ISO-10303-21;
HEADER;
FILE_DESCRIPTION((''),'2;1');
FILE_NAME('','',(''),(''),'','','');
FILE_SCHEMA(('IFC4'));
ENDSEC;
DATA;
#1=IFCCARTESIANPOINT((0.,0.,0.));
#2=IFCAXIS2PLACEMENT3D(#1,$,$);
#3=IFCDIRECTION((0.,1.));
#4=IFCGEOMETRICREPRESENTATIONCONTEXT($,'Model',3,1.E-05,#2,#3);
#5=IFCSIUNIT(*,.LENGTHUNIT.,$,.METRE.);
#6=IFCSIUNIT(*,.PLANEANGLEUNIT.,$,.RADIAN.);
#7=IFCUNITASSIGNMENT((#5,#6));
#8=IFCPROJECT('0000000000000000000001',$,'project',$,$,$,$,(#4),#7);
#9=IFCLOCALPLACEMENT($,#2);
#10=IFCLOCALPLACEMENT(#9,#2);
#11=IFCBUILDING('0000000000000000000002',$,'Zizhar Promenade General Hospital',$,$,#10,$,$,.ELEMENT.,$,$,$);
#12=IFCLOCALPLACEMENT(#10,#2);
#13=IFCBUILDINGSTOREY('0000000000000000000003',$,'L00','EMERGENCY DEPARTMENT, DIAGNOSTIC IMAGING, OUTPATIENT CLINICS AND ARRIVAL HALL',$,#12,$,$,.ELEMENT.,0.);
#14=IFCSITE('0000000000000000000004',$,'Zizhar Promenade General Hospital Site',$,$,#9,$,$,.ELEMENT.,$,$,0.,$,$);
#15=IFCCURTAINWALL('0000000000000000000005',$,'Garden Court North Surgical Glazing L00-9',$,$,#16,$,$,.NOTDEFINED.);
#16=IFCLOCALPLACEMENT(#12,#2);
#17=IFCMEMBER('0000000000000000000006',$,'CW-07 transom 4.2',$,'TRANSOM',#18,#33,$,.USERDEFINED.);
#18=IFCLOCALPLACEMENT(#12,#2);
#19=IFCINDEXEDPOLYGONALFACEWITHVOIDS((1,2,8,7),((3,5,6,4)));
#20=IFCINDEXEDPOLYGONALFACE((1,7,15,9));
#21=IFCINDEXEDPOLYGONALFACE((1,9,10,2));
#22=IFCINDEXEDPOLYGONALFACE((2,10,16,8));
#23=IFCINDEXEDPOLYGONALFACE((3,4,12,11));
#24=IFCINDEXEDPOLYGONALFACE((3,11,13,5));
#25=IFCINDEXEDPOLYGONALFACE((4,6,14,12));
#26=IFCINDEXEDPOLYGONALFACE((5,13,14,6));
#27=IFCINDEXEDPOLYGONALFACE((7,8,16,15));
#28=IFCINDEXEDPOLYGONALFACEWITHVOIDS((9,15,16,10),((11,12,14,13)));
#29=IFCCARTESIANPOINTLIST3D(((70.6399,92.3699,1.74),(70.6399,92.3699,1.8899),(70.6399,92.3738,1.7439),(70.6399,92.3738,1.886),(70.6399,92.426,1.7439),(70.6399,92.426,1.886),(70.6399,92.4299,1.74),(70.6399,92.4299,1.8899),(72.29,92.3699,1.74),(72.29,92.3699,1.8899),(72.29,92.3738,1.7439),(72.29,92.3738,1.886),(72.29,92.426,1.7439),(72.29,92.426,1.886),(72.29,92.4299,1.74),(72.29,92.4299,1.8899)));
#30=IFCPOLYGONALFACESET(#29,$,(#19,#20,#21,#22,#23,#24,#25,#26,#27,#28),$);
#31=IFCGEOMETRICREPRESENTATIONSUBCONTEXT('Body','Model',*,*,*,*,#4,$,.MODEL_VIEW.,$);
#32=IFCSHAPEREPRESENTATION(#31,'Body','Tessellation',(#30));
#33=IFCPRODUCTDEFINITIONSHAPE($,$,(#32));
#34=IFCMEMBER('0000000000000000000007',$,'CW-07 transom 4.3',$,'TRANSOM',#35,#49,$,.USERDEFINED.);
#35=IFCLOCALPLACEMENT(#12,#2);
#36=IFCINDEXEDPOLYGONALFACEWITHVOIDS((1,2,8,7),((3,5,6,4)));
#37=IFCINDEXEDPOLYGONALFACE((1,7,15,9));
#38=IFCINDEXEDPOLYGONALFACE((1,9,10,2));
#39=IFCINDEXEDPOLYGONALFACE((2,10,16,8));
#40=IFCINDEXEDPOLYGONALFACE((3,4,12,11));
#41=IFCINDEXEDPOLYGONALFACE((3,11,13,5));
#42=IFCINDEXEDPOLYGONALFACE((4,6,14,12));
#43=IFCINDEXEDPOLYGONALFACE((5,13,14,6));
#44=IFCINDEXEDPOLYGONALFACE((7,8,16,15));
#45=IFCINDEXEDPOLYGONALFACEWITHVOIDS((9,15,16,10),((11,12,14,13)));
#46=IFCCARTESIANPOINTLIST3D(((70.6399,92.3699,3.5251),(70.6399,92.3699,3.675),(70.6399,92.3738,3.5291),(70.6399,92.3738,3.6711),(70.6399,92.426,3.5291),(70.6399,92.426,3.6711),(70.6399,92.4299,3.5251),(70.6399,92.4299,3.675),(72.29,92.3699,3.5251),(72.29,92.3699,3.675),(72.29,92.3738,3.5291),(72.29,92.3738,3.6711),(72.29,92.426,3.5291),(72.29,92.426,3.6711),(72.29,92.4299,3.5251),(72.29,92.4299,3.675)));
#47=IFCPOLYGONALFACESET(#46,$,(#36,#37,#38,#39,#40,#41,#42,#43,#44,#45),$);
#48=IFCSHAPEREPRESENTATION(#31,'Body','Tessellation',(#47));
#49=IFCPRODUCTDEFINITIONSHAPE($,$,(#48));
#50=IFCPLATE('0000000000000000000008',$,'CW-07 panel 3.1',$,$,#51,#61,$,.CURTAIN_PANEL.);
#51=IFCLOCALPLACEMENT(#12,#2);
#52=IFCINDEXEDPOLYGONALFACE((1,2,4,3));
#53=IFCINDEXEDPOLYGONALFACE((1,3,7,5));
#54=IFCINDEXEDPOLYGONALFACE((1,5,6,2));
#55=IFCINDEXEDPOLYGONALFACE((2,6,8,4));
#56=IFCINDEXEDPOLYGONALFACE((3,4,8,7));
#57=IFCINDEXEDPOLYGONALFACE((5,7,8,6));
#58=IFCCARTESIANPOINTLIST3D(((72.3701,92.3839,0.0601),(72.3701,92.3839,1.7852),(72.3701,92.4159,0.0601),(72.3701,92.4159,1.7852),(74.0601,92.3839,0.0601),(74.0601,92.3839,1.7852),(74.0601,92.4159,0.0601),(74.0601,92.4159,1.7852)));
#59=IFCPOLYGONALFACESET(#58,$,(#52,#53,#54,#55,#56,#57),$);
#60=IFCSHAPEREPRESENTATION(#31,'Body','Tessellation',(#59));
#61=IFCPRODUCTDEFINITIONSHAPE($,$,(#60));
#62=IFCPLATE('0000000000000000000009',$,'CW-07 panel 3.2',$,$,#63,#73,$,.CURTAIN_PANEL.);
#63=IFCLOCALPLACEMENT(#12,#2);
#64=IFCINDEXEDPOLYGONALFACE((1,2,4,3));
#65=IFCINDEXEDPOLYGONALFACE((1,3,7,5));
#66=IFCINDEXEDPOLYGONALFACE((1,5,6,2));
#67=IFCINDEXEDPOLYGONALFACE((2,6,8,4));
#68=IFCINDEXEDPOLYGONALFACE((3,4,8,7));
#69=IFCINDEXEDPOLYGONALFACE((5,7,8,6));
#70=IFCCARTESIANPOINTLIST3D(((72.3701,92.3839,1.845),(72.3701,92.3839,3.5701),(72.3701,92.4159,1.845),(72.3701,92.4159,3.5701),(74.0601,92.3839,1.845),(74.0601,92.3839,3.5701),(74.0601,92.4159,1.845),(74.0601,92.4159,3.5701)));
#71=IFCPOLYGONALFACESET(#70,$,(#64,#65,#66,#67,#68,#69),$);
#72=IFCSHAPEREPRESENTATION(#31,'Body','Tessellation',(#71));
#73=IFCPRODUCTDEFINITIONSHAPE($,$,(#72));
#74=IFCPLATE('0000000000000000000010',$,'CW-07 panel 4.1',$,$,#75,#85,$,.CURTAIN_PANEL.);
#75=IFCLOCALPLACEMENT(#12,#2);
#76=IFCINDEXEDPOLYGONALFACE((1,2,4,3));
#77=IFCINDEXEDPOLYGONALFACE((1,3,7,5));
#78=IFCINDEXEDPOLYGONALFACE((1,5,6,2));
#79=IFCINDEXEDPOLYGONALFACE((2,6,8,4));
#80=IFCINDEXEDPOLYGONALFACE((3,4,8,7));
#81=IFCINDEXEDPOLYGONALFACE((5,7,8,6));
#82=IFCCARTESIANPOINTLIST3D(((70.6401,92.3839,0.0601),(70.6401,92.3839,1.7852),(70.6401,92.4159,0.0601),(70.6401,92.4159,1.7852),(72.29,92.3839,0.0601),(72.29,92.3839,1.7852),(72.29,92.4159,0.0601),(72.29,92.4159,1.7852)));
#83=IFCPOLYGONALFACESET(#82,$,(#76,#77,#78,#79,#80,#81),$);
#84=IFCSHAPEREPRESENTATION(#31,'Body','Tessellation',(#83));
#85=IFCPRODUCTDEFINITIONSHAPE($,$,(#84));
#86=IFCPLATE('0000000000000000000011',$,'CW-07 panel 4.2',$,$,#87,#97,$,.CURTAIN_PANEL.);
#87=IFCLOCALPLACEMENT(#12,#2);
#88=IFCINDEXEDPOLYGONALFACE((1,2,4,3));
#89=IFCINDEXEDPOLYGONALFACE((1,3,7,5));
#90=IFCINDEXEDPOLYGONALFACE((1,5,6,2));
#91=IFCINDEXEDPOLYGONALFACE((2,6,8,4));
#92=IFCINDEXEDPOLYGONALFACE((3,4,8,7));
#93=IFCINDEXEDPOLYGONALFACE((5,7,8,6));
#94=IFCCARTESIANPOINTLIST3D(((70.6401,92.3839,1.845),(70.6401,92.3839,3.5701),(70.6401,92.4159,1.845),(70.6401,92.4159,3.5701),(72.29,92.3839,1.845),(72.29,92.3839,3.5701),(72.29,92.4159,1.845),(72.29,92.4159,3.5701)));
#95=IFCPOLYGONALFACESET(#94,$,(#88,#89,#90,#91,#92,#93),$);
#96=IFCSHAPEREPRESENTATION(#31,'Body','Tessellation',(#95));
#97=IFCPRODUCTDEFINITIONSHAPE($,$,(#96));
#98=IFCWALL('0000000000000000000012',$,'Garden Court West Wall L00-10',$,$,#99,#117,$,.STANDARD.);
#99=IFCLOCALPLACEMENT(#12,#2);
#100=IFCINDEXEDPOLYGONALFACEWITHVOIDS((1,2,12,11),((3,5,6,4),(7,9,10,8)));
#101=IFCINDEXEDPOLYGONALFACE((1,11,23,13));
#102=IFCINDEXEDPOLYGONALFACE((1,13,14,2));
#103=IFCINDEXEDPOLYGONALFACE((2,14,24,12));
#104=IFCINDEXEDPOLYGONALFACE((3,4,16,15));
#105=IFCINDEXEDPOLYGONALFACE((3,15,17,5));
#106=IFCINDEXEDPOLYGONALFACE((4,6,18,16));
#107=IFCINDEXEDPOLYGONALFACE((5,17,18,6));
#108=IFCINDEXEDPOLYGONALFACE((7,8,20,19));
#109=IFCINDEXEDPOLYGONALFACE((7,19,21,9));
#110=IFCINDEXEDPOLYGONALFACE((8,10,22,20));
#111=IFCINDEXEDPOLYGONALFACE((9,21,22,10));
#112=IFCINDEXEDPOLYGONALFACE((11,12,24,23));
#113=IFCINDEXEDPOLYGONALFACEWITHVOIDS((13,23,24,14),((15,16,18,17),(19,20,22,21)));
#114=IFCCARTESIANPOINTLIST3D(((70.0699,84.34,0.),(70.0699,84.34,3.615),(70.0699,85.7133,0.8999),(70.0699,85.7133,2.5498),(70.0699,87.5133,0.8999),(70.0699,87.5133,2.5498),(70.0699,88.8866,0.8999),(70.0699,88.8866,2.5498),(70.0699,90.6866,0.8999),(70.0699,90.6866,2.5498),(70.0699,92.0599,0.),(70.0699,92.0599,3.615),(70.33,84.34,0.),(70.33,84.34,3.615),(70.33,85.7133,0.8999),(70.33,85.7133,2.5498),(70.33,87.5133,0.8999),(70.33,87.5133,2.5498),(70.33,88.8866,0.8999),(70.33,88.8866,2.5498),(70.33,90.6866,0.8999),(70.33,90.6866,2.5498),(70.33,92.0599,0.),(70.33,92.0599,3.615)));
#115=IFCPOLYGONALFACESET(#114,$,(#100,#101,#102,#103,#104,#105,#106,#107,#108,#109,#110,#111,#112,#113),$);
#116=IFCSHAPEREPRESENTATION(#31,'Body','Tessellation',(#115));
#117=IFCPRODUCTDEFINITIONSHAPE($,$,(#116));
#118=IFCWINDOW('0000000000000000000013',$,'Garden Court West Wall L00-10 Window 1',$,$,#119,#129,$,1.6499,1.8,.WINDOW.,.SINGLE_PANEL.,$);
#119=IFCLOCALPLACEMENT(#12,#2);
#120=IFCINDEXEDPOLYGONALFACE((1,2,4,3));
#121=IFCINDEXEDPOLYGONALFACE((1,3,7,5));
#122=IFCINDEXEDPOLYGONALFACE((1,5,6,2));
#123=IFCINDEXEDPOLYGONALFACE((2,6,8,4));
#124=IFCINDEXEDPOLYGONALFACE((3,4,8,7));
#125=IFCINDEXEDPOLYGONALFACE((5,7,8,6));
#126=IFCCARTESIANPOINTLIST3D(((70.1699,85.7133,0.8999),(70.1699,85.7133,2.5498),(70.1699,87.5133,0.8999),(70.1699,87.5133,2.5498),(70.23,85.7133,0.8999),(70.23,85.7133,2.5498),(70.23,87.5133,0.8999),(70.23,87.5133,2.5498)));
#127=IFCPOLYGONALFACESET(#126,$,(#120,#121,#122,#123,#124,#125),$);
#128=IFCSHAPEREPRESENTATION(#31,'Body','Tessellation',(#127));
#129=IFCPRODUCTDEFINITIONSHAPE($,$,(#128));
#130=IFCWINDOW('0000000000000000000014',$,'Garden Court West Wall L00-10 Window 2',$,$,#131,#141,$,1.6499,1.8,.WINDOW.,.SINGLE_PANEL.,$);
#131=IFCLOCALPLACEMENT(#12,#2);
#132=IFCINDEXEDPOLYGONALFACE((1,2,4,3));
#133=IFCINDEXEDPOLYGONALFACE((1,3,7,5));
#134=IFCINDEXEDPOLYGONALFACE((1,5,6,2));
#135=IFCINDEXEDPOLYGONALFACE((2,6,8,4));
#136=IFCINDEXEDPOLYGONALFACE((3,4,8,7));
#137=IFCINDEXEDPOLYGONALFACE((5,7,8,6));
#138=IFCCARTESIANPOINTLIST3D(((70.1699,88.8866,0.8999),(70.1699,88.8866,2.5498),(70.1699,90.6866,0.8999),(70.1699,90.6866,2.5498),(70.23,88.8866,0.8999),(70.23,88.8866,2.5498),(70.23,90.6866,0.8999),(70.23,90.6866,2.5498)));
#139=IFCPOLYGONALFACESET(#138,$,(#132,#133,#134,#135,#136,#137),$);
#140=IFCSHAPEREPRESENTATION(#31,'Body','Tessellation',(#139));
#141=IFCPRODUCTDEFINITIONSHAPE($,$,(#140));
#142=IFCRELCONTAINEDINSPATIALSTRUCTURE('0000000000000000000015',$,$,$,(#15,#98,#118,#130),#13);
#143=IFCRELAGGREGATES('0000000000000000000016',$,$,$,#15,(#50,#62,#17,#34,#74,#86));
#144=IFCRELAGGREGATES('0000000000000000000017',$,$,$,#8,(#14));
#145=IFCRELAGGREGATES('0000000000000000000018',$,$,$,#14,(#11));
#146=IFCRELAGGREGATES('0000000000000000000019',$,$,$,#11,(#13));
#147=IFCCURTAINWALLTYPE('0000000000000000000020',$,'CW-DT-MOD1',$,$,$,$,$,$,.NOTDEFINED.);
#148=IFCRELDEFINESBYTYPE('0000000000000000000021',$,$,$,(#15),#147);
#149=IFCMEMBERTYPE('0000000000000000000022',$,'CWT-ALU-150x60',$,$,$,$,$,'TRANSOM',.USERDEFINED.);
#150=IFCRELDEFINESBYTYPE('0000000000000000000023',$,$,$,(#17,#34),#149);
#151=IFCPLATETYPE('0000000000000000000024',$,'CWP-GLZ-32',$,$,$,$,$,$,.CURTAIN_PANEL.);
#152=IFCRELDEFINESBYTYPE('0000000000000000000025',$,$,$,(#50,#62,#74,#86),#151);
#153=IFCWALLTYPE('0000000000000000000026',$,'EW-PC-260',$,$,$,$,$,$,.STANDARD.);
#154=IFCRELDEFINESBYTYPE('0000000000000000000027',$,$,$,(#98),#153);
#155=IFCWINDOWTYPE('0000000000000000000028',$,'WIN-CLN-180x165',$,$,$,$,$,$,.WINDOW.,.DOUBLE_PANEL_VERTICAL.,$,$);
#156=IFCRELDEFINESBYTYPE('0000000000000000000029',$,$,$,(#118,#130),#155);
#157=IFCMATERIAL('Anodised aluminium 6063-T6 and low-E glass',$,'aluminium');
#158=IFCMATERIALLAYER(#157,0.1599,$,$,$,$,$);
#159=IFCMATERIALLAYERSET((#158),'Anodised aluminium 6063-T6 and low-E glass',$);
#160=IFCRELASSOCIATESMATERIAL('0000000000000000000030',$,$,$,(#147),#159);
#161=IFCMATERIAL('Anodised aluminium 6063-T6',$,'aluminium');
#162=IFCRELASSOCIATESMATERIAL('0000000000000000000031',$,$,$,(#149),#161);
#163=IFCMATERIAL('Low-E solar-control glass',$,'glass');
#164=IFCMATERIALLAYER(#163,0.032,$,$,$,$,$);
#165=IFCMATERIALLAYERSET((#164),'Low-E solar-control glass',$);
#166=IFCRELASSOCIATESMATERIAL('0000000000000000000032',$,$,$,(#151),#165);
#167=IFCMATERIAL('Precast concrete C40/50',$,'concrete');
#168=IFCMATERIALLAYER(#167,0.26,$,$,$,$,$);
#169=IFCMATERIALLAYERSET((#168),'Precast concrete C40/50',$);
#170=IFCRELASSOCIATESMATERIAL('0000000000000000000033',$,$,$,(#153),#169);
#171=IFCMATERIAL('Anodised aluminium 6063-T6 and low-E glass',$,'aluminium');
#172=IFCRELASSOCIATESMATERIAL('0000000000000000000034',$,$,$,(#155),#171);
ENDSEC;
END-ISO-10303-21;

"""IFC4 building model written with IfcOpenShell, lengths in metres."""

from ifc_helpers import new_model, si_unit, direction, frame, frame_2d, origin, origin_2d, place, context, subcontext, project, spatial, rectangle, hollow_rectangle, extrude, material, layer, layer_set, material_profile, profile_set, type_object, element, fill, aggregate, save


model = new_model("IFC4")

# Units and contexts
model_context = context("Model", 3, precision=1e-05, world=origin(), true_north=direction((0.0, 1.0)))
body_context = subcontext(model_context, "Body", "Model", "MODEL_VIEW")
ifc_project = project(units=[si_unit("LENGTHUNIT", "METRE"), si_unit("PLANEANGLEUNIT", "RADIAN")], contexts=[model_context])

# Site, building, storey
site_placement = place(None, origin())
site = spatial("IfcSite", under=ifc_project, at=site_placement, Name="Zizhar Promenade General Hospital Site", CompositionType="ELEMENT", RefElevation=0.0)
building_placement = place(site_placement, origin())
building = spatial("IfcBuilding", under=site, at=building_placement, Name="Zizhar Promenade General Hospital", CompositionType="ELEMENT")
storey_placement = place(building_placement, origin())
storey = spatial("IfcBuildingStorey", under=building, at=storey_placement, Name="L00", Description="EMERGENCY DEPARTMENT, DIAGNOSTIC IMAGING, OUTPATIENT CLINICS AND ARRIVAL HALL", CompositionType="ELEMENT", Elevation=0.0)

# Curtain wall, members, plates
ifc_material_1 = material(Name="Anodised aluminium 6063-T6 and low-E glass", Category="aluminium")
ifc_layer_1 = layer(ifc_material_1, 0.1599)
ifc_layer_set_1 = layer_set([ifc_layer_1], Name="Anodised aluminium 6063-T6 and low-E glass")
curtain_wall_type = type_object("IfcCurtainWallType", Name="CW-DT-MOD1", PredefinedType="NOTDEFINED", material=ifc_layer_set_1)
curtain_wall_placement = place(storey_placement, origin())
curtain_wall = element("IfcCurtainWall", 1, at=curtain_wall_placement, inside=storey, type_object=curtain_wall_type, Name="Garden Court North Surgical Glazing L00-9", PredefinedType="NOTDEFINED")
ifc_material_2 = material(Name="Anodised aluminium 6063-T6", Category="aluminium")
ifc_material_profile_1 = material_profile(ifc_material_2, hollow_rectangle(XDim=0.0601, YDim=0.1499, WallThickness=0.0039, at=origin_2d()))
ifc_profile_set_1 = profile_set([ifc_material_profile_1], Name="Anodised aluminium 6063-T6")
member_type_1 = type_object("IfcMemberType", Name="CWT-ALU-150x60", ElementType="TRANSOM", PredefinedType="USERDEFINED", material=ifc_profile_set_1)
member_1_placement = place(storey_placement, frame((72.29, 92.3999, 1.8149), z_axis=(-1.0, 0.0, 0.0), x_axis=(0.0, -1.0, 0.0)))
member_1 = element("IfcMember", 2, at=member_1_placement, type_object=member_type_1, Name="CW-07 transom 4.2", ObjectType="TRANSOM", PredefinedType="USERDEFINED", context=body_context, shape_type="SweptSolid", body=[
    extrude(hollow_rectangle(XDim=0.0601, YDim=0.1499, WallThickness=0.0039, at=origin_2d()), origin(), (0.0, 0.0, 1.0), 1.6501),
])
member_2_placement = place(storey_placement, frame((72.29, 92.3999, 3.6001), z_axis=(-1.0, 0.0, 0.0), x_axis=(0.0, -1.0, 0.0)))
member_2 = element("IfcMember", 3, at=member_2_placement, type_object=member_type_1, Name="CW-07 transom 4.3", ObjectType="TRANSOM", PredefinedType="USERDEFINED", context=body_context, shape_type="SweptSolid", body=[
    extrude(hollow_rectangle(XDim=0.0601, YDim=0.1499, WallThickness=0.0039, at=origin_2d()), origin(), (0.0, 0.0, 1.0), 1.6501),
])
ifc_material_3 = material(Name="Low-E solar-control glass", Category="glass")
ifc_layer_2 = layer(ifc_material_3, 0.032)
ifc_layer_set_2 = layer_set([ifc_layer_2], Name="Low-E solar-control glass")
plate_type = type_object("IfcPlateType", Name="CWP-GLZ-32", PredefinedType="CURTAIN_PANEL", material=ifc_layer_set_2)
plate_1_placement = place(storey_placement, frame((73.2151, 92.3999, 0.0601), z_axis=(0.0, 0.0, 1.0), x_axis=(-1.0, 0.0, 0.0)))
plate_1 = element("IfcPlate", 4, at=plate_1_placement, type_object=plate_type, Name="CW-07 panel 3.1", PredefinedType="CURTAIN_PANEL", context=body_context, shape_type="SweptSolid", body=[
    extrude(rectangle(XDim=1.6899, YDim=0.032, at=origin_2d()), origin(), (0.0, 0.0, 1.0), 1.7251),
])
plate_2_placement = place(storey_placement, frame((73.2151, 92.3999, 1.845), z_axis=(0.0, 0.0, 1.0), x_axis=(-1.0, 0.0, 0.0)))
plate_2 = element("IfcPlate", 5, at=plate_2_placement, type_object=plate_type, Name="CW-07 panel 3.2", PredefinedType="CURTAIN_PANEL", context=body_context, shape_type="SweptSolid", body=[
    extrude(rectangle(XDim=1.6899, YDim=0.032, at=origin_2d()), origin(), (0.0, 0.0, 1.0), 1.7251),
])
plate_3_placement = place(storey_placement, frame((71.4651, 92.3999, 0.0601), z_axis=(0.0, 0.0, 1.0), x_axis=(-1.0, 0.0, 0.0)))
plate_3 = element("IfcPlate", 6, at=plate_3_placement, type_object=plate_type, Name="CW-07 panel 4.1", PredefinedType="CURTAIN_PANEL", context=body_context, shape_type="SweptSolid", body=[
    extrude(rectangle(XDim=1.6499, YDim=0.032, at=origin_2d()), origin(), (0.0, 0.0, 1.0), 1.7251),
])
plate_4_placement = place(storey_placement, frame((71.4651, 92.3999, 1.845), z_axis=(0.0, 0.0, 1.0), x_axis=(-1.0, 0.0, 0.0)))
plate_4 = element("IfcPlate", 7, at=plate_4_placement, type_object=plate_type, Name="CW-07 panel 4.2", PredefinedType="CURTAIN_PANEL", context=body_context, shape_type="SweptSolid", body=[
    extrude(rectangle(XDim=1.6499, YDim=0.032, at=origin_2d()), origin(), (0.0, 0.0, 1.0), 1.7251),
])
aggregate(curtain_wall, [plate_1, plate_2, member_1, member_2, plate_3, plate_4])

# Wall, openings, windows
ifc_material_4 = material(Name="Precast concrete C40/50", Category="concrete")
ifc_layer_3 = layer(ifc_material_4, 0.26)
ifc_layer_set_3 = layer_set([ifc_layer_3], Name="Precast concrete C40/50")
wall_type = type_object("IfcWallType", Name="EW-PC-260", PredefinedType="STANDARD", material=ifc_layer_set_3)
wall_placement = place(storey_placement, frame((70.2, 84.3401, 0.0), z_axis=(0.0, 0.0, 1.0), x_axis=(0.0, 1.0, 0.0)))
wall = element("IfcWall", 8, at=wall_placement, inside=storey, type_object=wall_type, Name="Garden Court West Wall L00-10", PredefinedType="STANDARD", context=body_context, shape_type="SweptSolid", body=[
    extrude(rectangle(XDim=7.72, YDim=0.26, at=frame_2d((3.8599, 0.0))), origin(), (0.0, 0.0, 1.0), 3.615),
])
opening_1_placement = place(wall_placement, frame((1.3733, 0.0, 0.8999)))
opening_1 = element("IfcOpeningElement", 9, at=opening_1_placement, cuts=wall, PredefinedType="OPENING", context=body_context, shape_type="SweptSolid", body=[
    extrude(rectangle(XDim=1.8, YDim=1.6499, at=frame_2d((0.8999, 0.825))), frame((0.0, 0.1401, 0.0), z_axis=(0.0, -1.0, 0.0), x_axis=(1.0, 0.0, 0.0)), (0.0, 0.0, 1.0), 0.28),
])
opening_2_placement = place(wall_placement, frame((4.5466, 0.0, 0.8999)))
opening_2 = element("IfcOpeningElement", 10, at=opening_2_placement, cuts=wall, PredefinedType="OPENING", context=body_context, shape_type="SweptSolid", body=[
    extrude(rectangle(XDim=1.8, YDim=1.6499, at=frame_2d((0.8999, 0.825))), frame((0.0, 0.1401, 0.0), z_axis=(0.0, -1.0, 0.0), x_axis=(1.0, 0.0, 0.0)), (0.0, 0.0, 1.0), 0.28),
])
ifc_material_5 = material(Name="Anodised aluminium 6063-T6 and low-E glass", Category="aluminium")
window_type = type_object("IfcWindowType", Name="WIN-CLN-180x165", PartitioningType="DOUBLE_PANEL_VERTICAL", PredefinedType="WINDOW", material=ifc_material_5)
window_1_placement = place(opening_1_placement, origin())
window_1 = element("IfcWindow", 11, at=window_1_placement, inside=storey, type_object=window_type, Name="Garden Court West Wall L00-10 Window 1", OverallHeight=1.6499, OverallWidth=1.8, PartitioningType="SINGLE_PANEL", PredefinedType="WINDOW", context=body_context, shape_type="SweptSolid", body=[
    extrude(rectangle(XDim=1.8, YDim=1.6499, at=frame_2d((0.8999, 0.825))), frame((0.0, 0.03, 0.0), z_axis=(0.0, -1.0, 0.0), x_axis=(1.0, 0.0, 0.0)), (0.0, 0.0, 1.0), 0.0601),
])
fill(opening_1, window_1)
window_2_placement = place(opening_2_placement, origin())
window_2 = element("IfcWindow", 12, at=window_2_placement, inside=storey, type_object=window_type, Name="Garden Court West Wall L00-10 Window 2", OverallHeight=1.6499, OverallWidth=1.8, PartitioningType="SINGLE_PANEL", PredefinedType="WINDOW", context=body_context, shape_type="SweptSolid", body=[
    extrude(rectangle(XDim=1.8, YDim=1.6499, at=frame_2d((0.8999, 0.825))), frame((0.0, 0.03, 0.0), z_axis=(0.0, -1.0, 0.0), x_axis=(1.0, 0.0, 0.0)), (0.0, 0.0, 1.0), 0.0601),
])
fill(opening_2, window_2)

save(model, "model.ifc")
